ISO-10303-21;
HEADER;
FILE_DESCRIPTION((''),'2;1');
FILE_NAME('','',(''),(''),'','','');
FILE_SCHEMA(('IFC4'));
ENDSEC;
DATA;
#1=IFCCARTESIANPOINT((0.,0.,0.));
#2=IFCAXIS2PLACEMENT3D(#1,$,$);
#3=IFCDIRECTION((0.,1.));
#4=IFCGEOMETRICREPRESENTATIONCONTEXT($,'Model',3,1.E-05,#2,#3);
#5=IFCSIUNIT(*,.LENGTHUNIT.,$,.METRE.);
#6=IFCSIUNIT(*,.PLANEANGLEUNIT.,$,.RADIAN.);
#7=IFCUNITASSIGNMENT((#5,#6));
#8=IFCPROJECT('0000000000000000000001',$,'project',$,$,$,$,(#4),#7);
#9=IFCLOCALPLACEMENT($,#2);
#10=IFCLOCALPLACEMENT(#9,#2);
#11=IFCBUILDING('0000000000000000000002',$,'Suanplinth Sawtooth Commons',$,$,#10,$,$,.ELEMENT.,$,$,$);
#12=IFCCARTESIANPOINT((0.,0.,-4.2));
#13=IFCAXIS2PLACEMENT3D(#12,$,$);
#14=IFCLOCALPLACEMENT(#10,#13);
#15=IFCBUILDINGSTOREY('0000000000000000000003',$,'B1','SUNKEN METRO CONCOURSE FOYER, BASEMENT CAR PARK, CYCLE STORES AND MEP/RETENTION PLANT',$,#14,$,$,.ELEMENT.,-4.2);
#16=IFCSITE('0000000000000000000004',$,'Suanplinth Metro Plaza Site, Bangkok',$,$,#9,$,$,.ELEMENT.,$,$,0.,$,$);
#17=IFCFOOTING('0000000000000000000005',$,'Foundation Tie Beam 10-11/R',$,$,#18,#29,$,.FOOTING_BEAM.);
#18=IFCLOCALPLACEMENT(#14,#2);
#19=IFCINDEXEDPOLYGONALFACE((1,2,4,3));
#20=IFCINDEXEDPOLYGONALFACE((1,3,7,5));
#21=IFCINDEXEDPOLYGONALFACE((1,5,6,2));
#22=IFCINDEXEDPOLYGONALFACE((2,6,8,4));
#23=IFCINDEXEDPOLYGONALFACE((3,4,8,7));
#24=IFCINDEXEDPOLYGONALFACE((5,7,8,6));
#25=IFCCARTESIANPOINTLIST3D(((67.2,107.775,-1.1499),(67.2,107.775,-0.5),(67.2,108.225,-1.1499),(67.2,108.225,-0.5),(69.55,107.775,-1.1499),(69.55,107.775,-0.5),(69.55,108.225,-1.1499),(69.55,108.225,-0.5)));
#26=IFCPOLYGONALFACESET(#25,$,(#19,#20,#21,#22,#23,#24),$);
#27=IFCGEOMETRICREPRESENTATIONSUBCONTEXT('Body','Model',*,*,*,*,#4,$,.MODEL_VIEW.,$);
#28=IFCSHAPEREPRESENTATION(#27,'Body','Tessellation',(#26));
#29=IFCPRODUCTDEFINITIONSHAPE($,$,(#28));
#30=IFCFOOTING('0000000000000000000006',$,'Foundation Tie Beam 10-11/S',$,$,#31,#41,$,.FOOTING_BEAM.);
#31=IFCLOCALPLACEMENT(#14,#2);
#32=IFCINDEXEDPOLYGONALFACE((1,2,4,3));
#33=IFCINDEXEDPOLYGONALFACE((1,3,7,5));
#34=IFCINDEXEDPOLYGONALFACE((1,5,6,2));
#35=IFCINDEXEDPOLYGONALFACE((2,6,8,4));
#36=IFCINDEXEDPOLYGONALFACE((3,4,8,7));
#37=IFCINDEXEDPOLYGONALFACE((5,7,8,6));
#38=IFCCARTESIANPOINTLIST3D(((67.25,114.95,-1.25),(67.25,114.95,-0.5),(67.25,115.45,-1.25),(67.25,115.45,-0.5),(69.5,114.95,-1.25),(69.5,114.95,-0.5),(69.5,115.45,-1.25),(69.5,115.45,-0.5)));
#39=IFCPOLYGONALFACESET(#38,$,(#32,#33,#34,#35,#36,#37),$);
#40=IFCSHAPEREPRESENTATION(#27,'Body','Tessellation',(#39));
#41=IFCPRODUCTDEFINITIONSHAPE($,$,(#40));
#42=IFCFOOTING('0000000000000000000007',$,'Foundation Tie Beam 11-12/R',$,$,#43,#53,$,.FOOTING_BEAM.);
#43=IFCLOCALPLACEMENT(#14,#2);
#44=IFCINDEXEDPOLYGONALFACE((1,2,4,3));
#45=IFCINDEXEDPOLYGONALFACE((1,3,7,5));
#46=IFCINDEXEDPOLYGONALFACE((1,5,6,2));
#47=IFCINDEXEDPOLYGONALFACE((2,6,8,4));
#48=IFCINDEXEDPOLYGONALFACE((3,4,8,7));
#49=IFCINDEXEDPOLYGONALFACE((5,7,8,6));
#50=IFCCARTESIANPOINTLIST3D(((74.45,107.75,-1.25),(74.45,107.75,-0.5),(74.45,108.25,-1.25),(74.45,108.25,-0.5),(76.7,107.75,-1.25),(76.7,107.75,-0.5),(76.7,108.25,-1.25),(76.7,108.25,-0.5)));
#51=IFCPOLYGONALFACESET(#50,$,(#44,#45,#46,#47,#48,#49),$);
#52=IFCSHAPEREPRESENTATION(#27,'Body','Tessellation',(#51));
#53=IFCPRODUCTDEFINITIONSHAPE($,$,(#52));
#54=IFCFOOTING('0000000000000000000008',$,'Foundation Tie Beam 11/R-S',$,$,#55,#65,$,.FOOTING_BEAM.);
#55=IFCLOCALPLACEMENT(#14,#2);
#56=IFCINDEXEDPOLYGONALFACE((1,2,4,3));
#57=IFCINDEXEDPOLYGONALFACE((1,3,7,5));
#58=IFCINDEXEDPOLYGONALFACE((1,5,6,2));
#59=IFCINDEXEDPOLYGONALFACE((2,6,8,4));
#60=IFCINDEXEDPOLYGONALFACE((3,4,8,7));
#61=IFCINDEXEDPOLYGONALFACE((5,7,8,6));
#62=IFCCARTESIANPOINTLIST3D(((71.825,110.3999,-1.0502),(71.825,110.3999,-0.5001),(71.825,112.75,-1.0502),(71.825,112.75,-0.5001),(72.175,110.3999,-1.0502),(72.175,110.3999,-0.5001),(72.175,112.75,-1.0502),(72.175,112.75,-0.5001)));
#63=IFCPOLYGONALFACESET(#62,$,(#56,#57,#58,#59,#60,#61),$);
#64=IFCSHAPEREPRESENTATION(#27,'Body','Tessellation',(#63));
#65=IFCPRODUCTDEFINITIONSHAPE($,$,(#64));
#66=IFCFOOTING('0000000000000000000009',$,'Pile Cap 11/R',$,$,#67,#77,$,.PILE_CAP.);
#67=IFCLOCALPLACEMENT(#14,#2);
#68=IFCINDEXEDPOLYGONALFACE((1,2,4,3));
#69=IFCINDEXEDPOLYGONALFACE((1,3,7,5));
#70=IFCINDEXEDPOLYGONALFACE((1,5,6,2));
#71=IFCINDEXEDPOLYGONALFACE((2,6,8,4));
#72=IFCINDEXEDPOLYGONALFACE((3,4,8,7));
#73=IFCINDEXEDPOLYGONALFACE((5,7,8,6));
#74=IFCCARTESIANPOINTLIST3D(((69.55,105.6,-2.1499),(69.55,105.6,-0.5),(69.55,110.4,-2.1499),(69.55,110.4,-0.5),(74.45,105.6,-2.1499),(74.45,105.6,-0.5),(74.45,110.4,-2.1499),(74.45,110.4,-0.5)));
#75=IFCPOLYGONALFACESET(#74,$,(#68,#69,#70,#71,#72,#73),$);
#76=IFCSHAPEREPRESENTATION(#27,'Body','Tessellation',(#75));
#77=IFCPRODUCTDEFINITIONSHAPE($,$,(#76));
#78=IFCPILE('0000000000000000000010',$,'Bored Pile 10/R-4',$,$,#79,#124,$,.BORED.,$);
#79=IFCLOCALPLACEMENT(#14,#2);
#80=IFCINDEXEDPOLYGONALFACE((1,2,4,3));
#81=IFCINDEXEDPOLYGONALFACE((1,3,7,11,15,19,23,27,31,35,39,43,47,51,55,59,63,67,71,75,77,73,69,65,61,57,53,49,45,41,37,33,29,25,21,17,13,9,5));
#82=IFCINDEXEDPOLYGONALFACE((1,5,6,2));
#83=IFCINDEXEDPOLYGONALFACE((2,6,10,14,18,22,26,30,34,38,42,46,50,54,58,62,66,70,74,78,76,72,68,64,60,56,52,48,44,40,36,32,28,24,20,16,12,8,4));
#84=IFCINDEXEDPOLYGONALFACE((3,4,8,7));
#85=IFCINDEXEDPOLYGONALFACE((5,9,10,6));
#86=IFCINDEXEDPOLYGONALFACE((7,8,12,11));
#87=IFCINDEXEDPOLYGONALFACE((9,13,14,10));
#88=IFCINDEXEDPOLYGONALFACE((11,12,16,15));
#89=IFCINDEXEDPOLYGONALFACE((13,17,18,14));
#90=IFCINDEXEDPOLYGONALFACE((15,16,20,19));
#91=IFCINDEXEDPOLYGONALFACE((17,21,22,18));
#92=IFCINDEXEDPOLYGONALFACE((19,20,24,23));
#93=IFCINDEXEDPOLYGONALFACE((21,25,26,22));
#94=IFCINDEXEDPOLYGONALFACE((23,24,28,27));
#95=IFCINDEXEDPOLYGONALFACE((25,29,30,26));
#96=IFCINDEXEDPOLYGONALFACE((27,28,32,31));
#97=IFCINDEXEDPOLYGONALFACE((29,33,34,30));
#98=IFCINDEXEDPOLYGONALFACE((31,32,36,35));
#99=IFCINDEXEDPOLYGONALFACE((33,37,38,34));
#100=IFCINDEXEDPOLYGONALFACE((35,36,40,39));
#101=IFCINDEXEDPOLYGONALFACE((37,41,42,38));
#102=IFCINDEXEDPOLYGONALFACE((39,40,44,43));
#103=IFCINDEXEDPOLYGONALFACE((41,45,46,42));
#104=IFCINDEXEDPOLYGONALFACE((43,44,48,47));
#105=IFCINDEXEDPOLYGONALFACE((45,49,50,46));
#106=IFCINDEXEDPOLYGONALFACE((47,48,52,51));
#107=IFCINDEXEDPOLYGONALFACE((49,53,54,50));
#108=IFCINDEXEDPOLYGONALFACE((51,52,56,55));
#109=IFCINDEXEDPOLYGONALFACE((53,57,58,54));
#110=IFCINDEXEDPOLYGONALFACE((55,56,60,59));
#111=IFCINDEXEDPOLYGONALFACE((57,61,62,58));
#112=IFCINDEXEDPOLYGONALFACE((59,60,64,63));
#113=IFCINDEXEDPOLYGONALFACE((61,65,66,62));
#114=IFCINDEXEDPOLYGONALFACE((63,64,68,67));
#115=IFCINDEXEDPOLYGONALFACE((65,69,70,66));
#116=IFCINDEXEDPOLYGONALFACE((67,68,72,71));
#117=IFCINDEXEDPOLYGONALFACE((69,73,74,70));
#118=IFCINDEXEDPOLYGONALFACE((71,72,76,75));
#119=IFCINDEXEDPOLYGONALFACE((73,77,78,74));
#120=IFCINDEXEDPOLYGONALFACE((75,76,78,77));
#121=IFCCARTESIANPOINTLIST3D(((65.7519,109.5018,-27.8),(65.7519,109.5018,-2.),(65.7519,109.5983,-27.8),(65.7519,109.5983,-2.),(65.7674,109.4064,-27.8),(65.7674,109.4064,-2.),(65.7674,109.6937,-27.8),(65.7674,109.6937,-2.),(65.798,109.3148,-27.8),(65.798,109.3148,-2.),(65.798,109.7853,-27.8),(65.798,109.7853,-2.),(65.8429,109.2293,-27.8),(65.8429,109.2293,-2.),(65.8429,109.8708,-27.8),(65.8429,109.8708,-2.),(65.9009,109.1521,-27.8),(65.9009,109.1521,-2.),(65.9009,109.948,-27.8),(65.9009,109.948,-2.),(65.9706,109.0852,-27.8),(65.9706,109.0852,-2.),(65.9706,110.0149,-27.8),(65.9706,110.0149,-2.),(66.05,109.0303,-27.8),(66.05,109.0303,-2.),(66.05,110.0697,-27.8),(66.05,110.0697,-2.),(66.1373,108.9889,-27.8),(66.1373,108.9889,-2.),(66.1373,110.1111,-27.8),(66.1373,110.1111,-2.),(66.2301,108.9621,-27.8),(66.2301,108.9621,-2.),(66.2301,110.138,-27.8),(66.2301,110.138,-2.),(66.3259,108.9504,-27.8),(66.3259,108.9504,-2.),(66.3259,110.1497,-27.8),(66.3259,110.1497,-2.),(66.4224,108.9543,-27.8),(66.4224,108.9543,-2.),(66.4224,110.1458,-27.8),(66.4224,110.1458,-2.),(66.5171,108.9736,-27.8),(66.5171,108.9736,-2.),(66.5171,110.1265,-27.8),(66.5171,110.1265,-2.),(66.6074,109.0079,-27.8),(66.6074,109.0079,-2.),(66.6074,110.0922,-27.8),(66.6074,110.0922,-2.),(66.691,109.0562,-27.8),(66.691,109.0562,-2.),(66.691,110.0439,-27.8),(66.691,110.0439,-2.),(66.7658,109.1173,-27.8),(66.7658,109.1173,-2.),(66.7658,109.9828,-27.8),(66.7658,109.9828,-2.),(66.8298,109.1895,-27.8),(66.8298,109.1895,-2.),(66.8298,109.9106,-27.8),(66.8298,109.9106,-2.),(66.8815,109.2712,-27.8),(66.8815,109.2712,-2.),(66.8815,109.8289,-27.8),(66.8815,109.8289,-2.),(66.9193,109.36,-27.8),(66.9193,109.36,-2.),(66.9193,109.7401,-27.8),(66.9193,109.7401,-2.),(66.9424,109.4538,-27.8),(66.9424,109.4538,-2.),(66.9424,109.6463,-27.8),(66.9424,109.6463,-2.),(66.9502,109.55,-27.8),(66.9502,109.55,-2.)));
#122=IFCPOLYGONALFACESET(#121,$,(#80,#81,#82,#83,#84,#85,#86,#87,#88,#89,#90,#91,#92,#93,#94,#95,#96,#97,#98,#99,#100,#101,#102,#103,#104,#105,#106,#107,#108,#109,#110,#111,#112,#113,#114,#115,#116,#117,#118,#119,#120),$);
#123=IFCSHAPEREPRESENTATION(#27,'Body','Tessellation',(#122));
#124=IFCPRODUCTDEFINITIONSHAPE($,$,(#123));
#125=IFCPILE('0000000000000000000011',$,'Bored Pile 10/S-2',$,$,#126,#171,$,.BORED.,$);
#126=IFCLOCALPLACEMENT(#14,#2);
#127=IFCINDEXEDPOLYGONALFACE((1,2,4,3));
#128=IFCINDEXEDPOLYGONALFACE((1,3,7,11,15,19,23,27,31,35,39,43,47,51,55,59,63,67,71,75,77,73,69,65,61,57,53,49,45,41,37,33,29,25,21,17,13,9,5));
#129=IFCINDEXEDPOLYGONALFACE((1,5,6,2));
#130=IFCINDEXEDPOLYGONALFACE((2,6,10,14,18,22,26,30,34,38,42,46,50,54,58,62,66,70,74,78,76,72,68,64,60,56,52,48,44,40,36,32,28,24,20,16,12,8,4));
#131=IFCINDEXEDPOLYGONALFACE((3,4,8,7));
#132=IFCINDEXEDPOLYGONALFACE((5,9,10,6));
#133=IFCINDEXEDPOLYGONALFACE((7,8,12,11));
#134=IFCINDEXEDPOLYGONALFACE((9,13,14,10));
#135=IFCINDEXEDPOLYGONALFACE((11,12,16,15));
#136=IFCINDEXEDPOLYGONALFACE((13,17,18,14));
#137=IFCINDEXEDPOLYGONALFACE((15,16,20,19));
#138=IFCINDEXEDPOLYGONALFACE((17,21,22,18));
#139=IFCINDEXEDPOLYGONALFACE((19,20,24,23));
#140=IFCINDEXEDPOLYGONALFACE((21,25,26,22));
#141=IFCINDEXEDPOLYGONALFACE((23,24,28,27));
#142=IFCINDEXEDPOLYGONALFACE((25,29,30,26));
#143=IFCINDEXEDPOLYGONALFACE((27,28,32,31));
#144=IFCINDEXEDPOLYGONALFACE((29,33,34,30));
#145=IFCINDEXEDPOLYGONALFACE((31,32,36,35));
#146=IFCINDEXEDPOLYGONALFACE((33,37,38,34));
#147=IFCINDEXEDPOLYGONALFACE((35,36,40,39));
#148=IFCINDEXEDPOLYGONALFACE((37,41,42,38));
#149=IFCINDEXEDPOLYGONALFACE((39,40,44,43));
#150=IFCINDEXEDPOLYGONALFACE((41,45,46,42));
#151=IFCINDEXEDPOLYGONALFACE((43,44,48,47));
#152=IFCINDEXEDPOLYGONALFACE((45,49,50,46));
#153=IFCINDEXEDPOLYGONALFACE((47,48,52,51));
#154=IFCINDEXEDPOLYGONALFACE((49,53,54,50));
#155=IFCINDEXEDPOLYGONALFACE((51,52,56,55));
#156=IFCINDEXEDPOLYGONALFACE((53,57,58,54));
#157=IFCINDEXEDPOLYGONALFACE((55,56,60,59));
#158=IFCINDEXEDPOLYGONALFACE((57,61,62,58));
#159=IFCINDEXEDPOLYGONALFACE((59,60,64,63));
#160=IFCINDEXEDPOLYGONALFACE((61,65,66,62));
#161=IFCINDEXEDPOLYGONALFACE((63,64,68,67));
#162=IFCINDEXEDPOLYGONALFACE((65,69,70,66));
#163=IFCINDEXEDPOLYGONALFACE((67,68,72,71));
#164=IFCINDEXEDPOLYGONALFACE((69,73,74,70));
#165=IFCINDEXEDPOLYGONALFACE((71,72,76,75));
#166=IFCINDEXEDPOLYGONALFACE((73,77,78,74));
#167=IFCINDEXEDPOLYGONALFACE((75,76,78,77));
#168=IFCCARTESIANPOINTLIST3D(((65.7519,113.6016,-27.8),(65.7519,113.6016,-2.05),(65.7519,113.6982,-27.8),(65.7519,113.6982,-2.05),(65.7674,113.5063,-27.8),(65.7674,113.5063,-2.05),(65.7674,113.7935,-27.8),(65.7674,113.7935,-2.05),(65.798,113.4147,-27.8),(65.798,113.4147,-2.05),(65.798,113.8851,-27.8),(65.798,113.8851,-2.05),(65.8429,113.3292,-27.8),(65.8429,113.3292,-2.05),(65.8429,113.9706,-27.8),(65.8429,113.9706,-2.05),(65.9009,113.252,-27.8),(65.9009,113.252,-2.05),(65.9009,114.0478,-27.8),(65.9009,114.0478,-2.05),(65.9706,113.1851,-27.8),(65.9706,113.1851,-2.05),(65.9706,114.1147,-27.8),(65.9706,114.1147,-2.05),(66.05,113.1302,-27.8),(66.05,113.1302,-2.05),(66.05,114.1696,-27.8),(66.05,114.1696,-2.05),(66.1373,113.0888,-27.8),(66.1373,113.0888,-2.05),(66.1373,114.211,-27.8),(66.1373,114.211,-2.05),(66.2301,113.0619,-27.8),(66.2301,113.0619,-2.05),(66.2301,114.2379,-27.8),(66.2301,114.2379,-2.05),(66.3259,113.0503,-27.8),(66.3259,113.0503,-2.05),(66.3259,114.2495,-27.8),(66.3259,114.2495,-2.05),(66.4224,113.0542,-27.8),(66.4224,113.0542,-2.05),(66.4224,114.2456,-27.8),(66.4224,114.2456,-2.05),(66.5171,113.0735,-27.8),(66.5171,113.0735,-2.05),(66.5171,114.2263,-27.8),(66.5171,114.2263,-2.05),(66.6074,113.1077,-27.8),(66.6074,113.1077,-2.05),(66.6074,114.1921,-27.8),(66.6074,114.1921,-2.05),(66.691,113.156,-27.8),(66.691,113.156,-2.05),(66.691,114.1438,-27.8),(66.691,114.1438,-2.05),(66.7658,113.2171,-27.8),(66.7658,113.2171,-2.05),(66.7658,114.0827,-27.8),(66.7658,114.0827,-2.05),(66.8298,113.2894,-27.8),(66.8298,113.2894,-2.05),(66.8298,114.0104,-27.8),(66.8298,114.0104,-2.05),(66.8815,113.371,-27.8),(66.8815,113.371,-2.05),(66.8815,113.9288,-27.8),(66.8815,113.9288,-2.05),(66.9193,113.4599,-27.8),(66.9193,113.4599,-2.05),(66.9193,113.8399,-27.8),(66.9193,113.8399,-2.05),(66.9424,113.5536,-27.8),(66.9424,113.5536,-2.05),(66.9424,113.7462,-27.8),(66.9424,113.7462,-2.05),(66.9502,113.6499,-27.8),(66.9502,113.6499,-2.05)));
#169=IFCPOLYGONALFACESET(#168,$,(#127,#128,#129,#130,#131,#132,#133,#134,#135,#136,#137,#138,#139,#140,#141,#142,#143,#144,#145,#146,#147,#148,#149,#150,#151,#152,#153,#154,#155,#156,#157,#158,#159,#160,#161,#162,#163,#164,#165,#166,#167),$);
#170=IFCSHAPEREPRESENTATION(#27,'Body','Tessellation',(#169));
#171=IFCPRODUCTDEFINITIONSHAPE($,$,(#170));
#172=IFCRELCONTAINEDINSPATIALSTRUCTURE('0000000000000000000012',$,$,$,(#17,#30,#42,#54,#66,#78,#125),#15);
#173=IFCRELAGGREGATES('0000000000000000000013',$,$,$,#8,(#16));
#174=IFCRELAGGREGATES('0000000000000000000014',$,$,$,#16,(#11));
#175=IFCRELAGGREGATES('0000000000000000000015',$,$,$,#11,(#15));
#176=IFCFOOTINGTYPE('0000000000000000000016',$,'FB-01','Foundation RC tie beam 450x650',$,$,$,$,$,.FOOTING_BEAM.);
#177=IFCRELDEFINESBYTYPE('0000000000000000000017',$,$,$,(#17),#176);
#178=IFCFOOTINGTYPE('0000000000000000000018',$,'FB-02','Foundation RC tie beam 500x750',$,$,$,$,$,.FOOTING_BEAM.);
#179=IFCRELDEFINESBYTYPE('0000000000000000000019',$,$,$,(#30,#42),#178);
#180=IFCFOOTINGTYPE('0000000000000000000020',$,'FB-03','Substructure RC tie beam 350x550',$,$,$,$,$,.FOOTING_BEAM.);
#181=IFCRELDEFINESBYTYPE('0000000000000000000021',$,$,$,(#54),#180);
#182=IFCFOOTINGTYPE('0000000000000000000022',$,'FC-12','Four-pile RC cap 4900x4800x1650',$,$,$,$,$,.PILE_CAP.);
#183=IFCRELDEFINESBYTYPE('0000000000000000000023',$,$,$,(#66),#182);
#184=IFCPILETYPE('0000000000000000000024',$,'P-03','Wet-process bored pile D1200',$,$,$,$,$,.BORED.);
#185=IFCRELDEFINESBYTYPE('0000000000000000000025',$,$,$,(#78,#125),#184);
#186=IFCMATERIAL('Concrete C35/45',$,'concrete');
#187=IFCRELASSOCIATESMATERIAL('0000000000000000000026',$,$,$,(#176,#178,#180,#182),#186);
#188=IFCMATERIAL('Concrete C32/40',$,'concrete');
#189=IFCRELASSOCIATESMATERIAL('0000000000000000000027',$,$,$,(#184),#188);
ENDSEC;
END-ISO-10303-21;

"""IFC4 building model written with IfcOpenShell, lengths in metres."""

from ifc_helpers import new_model, si_unit, direction, frame, origin, origin_2d, place, context, subcontext, project, spatial, rectangle, circle, extrude, material, material_profile, profile_set, type_object, element, save


model = new_model("IFC4")

# Units and contexts
model_context = context("Model", 3, precision=1e-05, world=origin(), true_north=direction((0.0, 1.0)))
body_context = subcontext(model_context, "Body", "Model", "MODEL_VIEW")
ifc_project = project(units=[si_unit("LENGTHUNIT", "METRE"), si_unit("PLANEANGLEUNIT", "RADIAN")], contexts=[model_context])

# Site, building, storey
site_placement = place(None, origin())
site = spatial("IfcSite", under=ifc_project, at=site_placement, Name="Suanplinth Metro Plaza Site, Bangkok", CompositionType="ELEMENT", RefElevation=0.0)
building_placement = place(site_placement, origin())
building = spatial("IfcBuilding", under=site, at=building_placement, Name="Suanplinth Sawtooth Commons", CompositionType="ELEMENT")
storey_placement = place(building_placement, frame((0.0, 0.0, -4.2)))
storey = spatial("IfcBuildingStorey", under=building, at=storey_placement, Name="B1", Description="SUNKEN METRO CONCOURSE FOYER, BASEMENT CAR PARK, CYCLE STORES AND MEP/RETENTION PLANT", CompositionType="ELEMENT", Elevation=-4.2)

# Footings
ifc_material_1 = material(Name="Concrete C35/45", Category="concrete")
ifc_material_profile_1 = material_profile(ifc_material_1, rectangle(XDim=0.45, YDim=0.6499, at=origin_2d()), Name="PC-GDR 450x650")
ifc_profile_set_1 = profile_set([ifc_material_profile_1], Name="Concrete C35/45")
footing_type_1 = type_object("IfcFootingType", Name="FB-01", Description="Foundation RC tie beam 450x650", PredefinedType="FOOTING_BEAM", material=ifc_profile_set_1)
footing_1_placement = place(storey_placement, frame((67.2, 108.0, -0.825), z_axis=(1.0, 0.0, 0.0), x_axis=(0.0, 1.0, 0.0)))
element("IfcFooting", 1, at=footing_1_placement, inside=storey, type_object=footing_type_1, Name="Foundation Tie Beam 10-11/R", PredefinedType="FOOTING_BEAM", context=body_context, shape_type="SweptSolid", body=[
    extrude(rectangle(XDim=0.45, YDim=0.6499, at=origin_2d()), origin(), (0.0, 0.0, 1.0), 2.3501),
])
ifc_material_profile_2 = material_profile(ifc_material_1, rectangle(XDim=0.5, YDim=0.75, at=origin_2d()), Name="RC-GDR 500x750")
ifc_profile_set_2 = profile_set([ifc_material_profile_2], Name="Concrete C35/45")
footing_type_2 = type_object("IfcFootingType", Name="FB-02", Description="Foundation RC tie beam 500x750", PredefinedType="FOOTING_BEAM", material=ifc_profile_set_2)
for number, where, z_axis, x_axis, name in (
    (2, (67.25, 115.2, -0.875), (1.0, 0.0, 0.0), (0.0, 1.0, 0.0), "Foundation Tie Beam 10-11/S"),
    (3, (74.45, 108.0, -0.875), (1.0, 0.0, 0.0), (0.0, 1.0, 0.0), "Foundation Tie Beam 11-12/R"),
):
    element("IfcFooting", number, at=place(storey_placement, frame(where, z_axis=z_axis, x_axis=x_axis)), inside=storey, type_object=footing_type_2, Name=name, PredefinedType="FOOTING_BEAM", context=body_context, shape_type="SweptSolid", body=[
        extrude(rectangle(XDim=0.5, YDim=0.75, at=origin_2d()), origin(), (0.0, 0.0, 1.0), 2.25),
    ])
ifc_material_profile_3 = material_profile(ifc_material_1, rectangle(XDim=0.3501, YDim=0.55, at=origin_2d()), Name="PC-BM 350x550")
ifc_profile_set_3 = profile_set([ifc_material_profile_3], Name="Concrete C35/45")
footing_type_3 = type_object("IfcFootingType", Name="FB-03", Description="Substructure RC tie beam 350x550", PredefinedType="FOOTING_BEAM", material=ifc_profile_set_3)
footing_2_placement = place(storey_placement, frame((72.0, 110.3999, -0.7751), z_axis=(0.0, 1.0, 0.0), x_axis=(-1.0, 0.0, 0.0)))
element("IfcFooting", 4, at=footing_2_placement, inside=storey, type_object=footing_type_3, Name="Foundation Tie Beam 11/R-S", PredefinedType="FOOTING_BEAM", context=body_context, shape_type="SweptSolid", body=[
    extrude(rectangle(XDim=0.3501, YDim=0.55, at=origin_2d()), origin(), (0.0, 0.0, 1.0), 2.3501),
])
footing_type_4 = type_object("IfcFootingType", Name="FC-12", Description="Four-pile RC cap 4900x4800x1650", PredefinedType="PILE_CAP", material=ifc_material_1)
footing_3_placement = place(storey_placement, frame((72.0, 108.0, -2.1499), z_axis=(0.0, 0.0, 1.0), x_axis=(1.0, 0.0, 0.0)))
element("IfcFooting", 5, at=footing_3_placement, inside=storey, type_object=footing_type_4, Name="Pile Cap 11/R", PredefinedType="PILE_CAP", context=body_context, shape_type="SweptSolid", body=[
    extrude(rectangle(XDim=4.8999, YDim=4.8, at=origin_2d()), origin(), (0.0, 0.0, 1.0), 1.6499),
])

# Piles
ifc_material_2 = material(Name="Concrete C32/40", Category="concrete")
ifc_material_profile_4 = material_profile(ifc_material_2, circle(Radius=0.6001, at=origin_2d()), Name="PILE D1200")
ifc_profile_set_4 = profile_set([ifc_material_profile_4], Name="Concrete C32/40")
pile_type = type_object("IfcPileType", Name="P-03", Description="Wet-process bored pile D1200", PredefinedType="BORED", material=ifc_profile_set_4)
pile_1_placement = place(storey_placement, frame((66.3501, 109.55, -2.0), z_axis=(0.0, 0.0, -1.0), x_axis=(1.0, 0.0, 0.0)))
element("IfcPile", 6, at=pile_1_placement, inside=storey, type_object=pile_type, Name="Bored Pile 10/R-4", PredefinedType="BORED", context=body_context, shape_type="SweptSolid", body=[
    extrude(circle(Radius=0.6001, at=origin_2d()), origin(), (0.0, 0.0, 1.0), 25.8),
])
for number, where, z_axis, x_axis, name in (
    (7, (66.3501, 113.6499, -2.05), (0.0, 0.0, -1.0), (1.0, 0.0, 0.0), "Bored Pile 10/S-2"),
):
    element("IfcPile", number, at=place(storey_placement, frame(where, z_axis=z_axis, x_axis=x_axis)), inside=storey, type_object=pile_type, Name=name, PredefinedType="BORED", context=body_context, shape_type="SweptSolid", body=[
        extrude(circle(Radius=0.6001, at=origin_2d()), origin(), (0.0, 0.0, 1.0), 25.75),
    ])

save(model, "model.ifc")
